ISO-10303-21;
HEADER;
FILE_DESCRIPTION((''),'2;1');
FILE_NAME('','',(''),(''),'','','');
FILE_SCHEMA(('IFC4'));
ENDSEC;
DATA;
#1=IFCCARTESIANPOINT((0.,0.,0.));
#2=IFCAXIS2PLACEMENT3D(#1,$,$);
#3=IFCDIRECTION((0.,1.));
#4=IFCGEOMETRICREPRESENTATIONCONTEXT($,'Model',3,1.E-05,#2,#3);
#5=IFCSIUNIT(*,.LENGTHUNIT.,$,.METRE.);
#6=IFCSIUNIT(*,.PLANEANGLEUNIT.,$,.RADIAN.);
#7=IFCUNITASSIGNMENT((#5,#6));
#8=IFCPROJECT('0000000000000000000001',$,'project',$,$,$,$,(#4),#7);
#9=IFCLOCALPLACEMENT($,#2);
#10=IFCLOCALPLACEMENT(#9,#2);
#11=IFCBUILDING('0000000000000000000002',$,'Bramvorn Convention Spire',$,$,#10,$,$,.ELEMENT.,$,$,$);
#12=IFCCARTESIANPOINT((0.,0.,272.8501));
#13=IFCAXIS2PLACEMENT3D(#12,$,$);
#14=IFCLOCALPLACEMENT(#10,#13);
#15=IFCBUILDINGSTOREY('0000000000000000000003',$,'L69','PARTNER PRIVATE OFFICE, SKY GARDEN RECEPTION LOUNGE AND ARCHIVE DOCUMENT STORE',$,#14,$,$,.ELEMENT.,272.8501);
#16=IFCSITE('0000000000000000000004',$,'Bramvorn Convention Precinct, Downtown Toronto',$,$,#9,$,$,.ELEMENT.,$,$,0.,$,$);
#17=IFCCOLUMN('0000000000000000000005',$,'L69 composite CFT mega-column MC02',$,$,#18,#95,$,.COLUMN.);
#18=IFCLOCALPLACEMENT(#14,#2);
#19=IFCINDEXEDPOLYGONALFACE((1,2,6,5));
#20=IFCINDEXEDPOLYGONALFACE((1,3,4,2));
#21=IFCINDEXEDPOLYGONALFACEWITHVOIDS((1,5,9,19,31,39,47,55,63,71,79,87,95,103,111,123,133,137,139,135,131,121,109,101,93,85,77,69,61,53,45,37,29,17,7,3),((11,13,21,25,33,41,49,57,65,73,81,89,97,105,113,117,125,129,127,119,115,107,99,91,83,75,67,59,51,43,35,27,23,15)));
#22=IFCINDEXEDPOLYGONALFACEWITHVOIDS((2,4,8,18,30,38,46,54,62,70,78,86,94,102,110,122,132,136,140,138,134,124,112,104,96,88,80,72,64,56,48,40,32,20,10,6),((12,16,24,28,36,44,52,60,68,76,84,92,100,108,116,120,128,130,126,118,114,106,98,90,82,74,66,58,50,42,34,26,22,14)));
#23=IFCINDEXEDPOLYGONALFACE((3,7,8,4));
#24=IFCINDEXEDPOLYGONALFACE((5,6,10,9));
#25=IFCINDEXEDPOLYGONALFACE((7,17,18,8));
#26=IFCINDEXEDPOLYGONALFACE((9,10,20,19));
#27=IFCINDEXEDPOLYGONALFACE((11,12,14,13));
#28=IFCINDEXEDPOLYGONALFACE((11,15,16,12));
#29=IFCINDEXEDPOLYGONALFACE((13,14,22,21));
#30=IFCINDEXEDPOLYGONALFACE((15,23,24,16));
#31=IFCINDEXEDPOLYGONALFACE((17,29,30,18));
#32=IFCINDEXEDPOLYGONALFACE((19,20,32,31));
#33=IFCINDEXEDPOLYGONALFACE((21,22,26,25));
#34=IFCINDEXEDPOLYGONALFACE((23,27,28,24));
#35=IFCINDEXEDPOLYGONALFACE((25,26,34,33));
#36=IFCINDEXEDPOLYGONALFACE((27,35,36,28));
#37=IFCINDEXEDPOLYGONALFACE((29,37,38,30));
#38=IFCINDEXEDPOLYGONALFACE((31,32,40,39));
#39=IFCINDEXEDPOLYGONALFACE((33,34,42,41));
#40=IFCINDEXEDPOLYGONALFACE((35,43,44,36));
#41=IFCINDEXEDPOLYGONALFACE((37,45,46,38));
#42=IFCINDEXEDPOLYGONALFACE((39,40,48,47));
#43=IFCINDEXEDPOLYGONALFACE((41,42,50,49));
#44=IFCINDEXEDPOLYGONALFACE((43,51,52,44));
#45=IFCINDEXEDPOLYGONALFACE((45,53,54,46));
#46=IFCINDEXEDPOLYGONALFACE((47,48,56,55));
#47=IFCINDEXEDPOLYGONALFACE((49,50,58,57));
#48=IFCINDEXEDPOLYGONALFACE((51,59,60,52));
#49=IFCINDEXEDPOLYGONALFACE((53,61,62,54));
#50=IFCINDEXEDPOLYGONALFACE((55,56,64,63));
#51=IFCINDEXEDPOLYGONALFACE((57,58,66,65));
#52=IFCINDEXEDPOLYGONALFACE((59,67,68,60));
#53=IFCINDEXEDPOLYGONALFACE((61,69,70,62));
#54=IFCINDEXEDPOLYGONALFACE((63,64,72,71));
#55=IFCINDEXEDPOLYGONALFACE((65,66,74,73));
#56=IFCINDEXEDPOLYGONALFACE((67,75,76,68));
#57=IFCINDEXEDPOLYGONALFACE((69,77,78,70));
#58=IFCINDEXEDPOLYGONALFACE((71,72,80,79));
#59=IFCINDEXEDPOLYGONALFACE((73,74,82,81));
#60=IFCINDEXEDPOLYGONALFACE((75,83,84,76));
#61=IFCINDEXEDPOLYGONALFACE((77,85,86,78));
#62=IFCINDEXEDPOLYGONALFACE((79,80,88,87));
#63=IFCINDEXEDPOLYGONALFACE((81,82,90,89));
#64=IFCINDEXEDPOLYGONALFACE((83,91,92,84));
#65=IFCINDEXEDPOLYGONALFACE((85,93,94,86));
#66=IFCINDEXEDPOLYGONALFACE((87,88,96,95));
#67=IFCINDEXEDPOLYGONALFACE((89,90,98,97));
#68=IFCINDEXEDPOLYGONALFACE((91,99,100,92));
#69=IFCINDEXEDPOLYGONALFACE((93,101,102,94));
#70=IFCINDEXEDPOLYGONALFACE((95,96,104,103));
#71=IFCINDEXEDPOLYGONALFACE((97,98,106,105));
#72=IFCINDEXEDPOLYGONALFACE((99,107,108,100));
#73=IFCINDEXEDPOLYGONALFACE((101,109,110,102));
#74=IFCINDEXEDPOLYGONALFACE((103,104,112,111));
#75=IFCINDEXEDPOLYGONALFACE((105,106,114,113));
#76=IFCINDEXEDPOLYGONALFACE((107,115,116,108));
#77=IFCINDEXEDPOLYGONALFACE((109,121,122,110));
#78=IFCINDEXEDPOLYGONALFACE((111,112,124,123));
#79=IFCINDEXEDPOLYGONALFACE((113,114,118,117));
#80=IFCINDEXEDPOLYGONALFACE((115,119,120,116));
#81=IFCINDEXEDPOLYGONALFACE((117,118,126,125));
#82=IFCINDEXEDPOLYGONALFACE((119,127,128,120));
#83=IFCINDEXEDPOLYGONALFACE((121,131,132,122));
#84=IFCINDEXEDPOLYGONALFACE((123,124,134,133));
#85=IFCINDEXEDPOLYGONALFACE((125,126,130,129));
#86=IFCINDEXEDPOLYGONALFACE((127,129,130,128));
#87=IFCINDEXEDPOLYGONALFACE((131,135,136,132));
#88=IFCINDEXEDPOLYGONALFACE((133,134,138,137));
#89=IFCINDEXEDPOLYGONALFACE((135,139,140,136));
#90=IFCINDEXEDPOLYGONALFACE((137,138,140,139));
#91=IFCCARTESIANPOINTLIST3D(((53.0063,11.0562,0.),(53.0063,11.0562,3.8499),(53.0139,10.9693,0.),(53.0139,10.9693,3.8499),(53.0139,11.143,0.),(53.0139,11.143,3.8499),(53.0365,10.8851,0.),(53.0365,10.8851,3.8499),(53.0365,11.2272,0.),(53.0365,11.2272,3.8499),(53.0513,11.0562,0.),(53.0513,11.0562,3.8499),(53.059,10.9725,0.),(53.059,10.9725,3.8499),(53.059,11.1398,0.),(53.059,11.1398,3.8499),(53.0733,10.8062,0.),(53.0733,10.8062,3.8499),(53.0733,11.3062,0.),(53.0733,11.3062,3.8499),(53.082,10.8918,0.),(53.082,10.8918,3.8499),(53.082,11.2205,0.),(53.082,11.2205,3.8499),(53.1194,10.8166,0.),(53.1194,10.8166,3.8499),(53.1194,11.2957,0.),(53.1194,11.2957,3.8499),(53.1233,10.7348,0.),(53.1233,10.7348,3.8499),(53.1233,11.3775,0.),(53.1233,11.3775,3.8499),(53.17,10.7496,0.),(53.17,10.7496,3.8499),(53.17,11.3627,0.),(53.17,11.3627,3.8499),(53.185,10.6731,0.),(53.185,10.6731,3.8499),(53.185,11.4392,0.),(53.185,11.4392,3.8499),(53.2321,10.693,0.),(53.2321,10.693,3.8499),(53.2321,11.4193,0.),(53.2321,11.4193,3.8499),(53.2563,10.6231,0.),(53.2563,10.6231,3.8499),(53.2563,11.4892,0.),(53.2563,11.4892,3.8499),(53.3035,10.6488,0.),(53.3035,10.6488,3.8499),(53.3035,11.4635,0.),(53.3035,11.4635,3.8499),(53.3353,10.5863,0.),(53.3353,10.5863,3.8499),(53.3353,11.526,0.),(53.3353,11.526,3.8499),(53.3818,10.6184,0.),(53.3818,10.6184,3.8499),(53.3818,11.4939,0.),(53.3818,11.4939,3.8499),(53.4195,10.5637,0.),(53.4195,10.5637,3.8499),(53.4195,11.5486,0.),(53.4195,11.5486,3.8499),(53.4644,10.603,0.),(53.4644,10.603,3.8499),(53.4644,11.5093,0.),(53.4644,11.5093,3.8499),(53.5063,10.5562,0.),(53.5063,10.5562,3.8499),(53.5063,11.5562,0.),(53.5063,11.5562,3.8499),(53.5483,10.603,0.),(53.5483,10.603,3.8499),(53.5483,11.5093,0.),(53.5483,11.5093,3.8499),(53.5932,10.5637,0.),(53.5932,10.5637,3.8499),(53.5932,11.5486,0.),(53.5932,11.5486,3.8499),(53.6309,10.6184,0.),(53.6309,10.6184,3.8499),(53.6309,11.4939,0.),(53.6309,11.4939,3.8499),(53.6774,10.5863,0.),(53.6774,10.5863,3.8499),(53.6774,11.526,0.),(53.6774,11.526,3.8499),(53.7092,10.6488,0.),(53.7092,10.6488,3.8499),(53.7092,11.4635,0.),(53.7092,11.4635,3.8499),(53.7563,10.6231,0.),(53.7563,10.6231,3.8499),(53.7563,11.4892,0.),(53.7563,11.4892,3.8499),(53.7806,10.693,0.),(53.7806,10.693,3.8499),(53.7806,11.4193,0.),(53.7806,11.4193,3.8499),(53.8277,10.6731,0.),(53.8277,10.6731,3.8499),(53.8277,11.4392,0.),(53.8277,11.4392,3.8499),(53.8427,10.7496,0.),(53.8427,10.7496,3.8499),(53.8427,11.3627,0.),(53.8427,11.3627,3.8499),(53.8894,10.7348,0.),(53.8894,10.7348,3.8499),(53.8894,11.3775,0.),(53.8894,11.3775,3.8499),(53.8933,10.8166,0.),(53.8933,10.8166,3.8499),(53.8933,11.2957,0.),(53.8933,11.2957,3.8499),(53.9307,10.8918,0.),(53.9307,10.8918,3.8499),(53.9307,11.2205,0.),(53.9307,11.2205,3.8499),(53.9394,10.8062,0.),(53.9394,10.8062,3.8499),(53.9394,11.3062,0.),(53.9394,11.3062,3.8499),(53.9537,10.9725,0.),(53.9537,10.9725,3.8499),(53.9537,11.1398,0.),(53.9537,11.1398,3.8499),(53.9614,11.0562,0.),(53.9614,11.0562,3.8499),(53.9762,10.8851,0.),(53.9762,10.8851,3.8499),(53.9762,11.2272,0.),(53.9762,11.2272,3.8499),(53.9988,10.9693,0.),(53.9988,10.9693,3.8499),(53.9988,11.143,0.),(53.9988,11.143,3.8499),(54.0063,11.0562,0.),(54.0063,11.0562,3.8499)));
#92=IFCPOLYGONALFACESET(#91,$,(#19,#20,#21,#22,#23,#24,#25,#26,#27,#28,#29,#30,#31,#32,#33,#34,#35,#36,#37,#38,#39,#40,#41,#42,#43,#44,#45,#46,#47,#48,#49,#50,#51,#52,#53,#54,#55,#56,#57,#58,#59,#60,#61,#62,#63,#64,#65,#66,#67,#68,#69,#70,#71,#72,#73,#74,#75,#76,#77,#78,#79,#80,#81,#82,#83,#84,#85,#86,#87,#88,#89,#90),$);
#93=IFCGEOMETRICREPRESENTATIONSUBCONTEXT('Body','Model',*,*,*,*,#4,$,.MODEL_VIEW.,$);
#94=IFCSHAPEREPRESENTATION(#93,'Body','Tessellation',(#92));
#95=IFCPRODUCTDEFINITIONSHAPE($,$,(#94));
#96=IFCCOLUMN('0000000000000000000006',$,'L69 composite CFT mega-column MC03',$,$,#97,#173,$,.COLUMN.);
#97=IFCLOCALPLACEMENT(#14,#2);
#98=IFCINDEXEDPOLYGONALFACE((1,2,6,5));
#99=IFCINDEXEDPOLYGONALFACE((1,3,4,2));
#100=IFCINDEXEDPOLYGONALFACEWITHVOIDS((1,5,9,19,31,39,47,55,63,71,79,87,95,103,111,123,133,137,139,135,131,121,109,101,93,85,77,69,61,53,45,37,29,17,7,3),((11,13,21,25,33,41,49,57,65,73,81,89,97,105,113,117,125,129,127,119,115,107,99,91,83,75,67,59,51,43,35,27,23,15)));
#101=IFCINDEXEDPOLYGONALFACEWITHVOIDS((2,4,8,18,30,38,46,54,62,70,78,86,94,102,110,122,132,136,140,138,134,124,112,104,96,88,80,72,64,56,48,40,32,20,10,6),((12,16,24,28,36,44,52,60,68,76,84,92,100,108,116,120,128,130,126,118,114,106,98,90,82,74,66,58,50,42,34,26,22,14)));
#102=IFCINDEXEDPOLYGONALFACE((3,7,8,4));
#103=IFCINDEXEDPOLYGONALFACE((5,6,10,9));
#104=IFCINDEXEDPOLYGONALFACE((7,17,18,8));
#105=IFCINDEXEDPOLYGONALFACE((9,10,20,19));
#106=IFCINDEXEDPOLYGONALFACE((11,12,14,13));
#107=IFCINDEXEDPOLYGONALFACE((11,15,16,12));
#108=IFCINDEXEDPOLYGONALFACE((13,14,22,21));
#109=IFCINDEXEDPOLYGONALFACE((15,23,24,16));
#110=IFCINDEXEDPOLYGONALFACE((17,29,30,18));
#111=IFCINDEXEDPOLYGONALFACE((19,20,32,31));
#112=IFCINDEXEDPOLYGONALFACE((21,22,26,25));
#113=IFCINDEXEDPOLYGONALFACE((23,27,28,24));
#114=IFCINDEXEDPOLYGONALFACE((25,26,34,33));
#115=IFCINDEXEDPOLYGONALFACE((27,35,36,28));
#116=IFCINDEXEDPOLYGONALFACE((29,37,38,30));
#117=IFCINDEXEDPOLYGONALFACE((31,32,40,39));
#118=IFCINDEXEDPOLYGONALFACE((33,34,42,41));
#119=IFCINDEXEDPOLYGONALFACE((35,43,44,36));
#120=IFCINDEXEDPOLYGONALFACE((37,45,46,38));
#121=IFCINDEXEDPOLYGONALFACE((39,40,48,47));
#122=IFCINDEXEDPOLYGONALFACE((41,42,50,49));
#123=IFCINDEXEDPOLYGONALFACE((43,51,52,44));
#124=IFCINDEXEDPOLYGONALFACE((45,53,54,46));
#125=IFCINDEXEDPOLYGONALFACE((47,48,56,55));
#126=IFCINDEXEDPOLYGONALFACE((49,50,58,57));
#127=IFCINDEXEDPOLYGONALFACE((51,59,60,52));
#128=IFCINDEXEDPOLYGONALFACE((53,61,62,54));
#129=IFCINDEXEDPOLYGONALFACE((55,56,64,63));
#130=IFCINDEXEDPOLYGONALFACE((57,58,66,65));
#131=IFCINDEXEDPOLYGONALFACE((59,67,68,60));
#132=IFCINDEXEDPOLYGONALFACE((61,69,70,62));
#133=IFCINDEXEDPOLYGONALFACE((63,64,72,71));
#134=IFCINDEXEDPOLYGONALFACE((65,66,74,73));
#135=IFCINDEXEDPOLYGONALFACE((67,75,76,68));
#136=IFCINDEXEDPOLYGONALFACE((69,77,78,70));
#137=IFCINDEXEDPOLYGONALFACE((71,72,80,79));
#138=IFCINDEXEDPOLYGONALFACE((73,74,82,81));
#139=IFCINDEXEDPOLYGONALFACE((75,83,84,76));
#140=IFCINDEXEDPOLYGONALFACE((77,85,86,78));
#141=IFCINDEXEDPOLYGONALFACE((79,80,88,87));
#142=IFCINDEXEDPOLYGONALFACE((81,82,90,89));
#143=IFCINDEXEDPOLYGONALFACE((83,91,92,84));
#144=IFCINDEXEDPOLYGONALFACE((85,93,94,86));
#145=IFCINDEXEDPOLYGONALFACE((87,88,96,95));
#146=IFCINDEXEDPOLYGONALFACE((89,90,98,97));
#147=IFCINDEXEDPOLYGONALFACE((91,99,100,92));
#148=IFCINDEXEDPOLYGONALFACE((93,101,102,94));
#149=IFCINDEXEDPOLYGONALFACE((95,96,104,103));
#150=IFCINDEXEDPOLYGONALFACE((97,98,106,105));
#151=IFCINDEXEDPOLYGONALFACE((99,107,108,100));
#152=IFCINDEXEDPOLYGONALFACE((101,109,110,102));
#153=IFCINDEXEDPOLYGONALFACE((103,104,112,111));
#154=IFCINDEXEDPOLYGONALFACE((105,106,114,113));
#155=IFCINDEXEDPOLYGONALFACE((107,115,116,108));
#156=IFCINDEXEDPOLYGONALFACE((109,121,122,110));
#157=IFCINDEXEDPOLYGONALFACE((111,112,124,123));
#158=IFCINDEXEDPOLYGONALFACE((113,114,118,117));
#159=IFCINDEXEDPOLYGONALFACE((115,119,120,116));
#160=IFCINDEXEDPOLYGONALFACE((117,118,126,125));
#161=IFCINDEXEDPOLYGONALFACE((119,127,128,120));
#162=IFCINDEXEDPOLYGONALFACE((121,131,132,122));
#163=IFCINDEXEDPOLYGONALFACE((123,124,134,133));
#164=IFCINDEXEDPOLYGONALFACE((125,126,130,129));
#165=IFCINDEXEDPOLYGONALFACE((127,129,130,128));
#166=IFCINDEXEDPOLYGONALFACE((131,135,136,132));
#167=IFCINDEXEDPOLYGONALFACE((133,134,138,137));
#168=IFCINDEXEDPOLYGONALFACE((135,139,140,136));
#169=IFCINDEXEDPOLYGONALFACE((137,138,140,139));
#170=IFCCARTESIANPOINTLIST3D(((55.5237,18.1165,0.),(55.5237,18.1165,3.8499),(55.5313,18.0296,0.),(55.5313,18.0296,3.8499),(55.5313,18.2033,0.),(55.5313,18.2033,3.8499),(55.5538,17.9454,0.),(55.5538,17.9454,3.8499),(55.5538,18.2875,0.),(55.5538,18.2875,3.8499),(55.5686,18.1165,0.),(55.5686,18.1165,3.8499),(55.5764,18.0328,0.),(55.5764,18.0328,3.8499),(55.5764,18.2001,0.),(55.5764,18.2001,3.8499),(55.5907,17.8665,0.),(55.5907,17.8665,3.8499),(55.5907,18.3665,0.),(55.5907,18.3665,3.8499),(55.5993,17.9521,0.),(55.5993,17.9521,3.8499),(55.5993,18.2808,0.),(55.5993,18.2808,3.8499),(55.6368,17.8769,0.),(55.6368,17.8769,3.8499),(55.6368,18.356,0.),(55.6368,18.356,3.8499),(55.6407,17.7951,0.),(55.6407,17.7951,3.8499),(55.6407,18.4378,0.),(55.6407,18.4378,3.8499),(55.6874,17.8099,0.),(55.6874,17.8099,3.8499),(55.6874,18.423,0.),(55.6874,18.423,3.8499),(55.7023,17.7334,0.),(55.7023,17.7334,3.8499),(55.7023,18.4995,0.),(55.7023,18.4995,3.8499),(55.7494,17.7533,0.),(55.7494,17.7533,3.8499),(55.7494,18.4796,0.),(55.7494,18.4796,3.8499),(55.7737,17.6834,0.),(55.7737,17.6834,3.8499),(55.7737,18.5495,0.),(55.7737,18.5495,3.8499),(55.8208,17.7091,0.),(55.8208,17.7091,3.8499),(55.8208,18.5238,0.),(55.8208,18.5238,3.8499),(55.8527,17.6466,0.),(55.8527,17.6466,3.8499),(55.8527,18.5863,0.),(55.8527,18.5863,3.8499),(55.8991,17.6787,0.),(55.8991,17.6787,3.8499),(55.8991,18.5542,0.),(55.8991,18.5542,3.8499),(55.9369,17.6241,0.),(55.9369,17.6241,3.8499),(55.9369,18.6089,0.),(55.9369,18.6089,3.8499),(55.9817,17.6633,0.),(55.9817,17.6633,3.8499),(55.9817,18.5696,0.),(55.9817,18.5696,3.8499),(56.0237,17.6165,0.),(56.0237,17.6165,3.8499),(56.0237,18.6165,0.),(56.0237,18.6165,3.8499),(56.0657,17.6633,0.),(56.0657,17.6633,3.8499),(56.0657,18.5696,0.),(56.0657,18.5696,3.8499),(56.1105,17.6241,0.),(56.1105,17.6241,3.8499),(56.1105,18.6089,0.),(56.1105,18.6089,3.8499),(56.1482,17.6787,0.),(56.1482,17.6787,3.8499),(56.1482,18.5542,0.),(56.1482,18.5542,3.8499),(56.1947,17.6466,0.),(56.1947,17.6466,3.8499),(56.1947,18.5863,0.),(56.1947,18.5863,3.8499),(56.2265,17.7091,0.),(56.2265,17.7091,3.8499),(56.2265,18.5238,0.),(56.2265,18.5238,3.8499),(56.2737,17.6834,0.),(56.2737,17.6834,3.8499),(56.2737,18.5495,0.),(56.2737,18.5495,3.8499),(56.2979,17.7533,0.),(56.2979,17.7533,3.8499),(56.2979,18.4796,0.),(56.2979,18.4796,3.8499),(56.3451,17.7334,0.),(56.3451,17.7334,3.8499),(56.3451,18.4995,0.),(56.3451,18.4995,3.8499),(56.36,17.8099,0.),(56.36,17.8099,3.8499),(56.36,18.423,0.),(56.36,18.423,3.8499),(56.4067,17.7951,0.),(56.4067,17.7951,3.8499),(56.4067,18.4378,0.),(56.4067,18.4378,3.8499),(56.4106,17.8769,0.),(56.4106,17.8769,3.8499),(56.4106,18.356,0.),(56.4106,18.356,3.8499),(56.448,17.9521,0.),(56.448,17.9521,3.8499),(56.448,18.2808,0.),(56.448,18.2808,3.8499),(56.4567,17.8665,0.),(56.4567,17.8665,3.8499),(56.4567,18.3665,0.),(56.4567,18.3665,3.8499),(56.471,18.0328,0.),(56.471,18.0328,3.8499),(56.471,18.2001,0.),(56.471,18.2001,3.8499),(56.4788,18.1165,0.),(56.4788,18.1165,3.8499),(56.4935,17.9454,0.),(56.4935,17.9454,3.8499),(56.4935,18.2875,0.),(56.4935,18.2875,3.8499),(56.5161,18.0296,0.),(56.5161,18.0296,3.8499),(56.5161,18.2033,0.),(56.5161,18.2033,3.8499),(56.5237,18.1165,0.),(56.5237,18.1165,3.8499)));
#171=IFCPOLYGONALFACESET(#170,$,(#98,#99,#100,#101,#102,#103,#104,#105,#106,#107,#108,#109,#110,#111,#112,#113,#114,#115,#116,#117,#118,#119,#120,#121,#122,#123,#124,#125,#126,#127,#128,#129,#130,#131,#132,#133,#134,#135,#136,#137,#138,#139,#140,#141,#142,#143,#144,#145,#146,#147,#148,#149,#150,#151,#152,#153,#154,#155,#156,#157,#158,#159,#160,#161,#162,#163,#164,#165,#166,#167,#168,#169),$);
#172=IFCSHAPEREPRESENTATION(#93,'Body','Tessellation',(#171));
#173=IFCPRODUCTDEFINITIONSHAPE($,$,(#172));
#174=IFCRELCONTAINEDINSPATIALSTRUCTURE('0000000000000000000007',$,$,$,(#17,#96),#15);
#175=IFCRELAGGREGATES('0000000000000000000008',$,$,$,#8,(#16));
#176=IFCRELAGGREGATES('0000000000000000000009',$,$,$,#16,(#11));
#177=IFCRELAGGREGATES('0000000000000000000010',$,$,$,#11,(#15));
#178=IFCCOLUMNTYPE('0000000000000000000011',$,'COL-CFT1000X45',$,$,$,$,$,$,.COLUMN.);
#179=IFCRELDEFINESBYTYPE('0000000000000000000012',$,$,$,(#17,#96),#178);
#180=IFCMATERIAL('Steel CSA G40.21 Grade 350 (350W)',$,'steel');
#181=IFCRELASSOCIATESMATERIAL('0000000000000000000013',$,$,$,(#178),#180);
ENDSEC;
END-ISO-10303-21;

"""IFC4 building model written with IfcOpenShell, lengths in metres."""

from ifc_helpers import new_model, si_unit, direction, frame, origin, origin_2d, place, context, subcontext, project, spatial, hollow_circle, extrude, material, material_profile, profile_set, type_object, element, save


model = new_model("IFC4")

# Units and contexts
model_context = context("Model", 3, precision=1e-05, world=origin(), true_north=direction((0.0, 1.0)))
body_context = subcontext(model_context, "Body", "Model", "MODEL_VIEW")
ifc_project = project(units=[si_unit("LENGTHUNIT", "METRE"), si_unit("PLANEANGLEUNIT", "RADIAN")], contexts=[model_context])

# Site, building, storey
site_placement = place(None, origin())
site = spatial("IfcSite", under=ifc_project, at=site_placement, Name="Bramvorn Convention Precinct, Downtown Toronto", CompositionType="ELEMENT", RefElevation=0.0)
building_placement = place(site_placement, origin())
building = spatial("IfcBuilding", under=site, at=building_placement, Name="Bramvorn Convention Spire", CompositionType="ELEMENT")
storey_placement = place(building_placement, frame((0.0, 0.0, 272.8501)))
storey = spatial("IfcBuildingStorey", under=building, at=storey_placement, Name="L69", Description="PARTNER PRIVATE OFFICE, SKY GARDEN RECEPTION LOUNGE AND ARCHIVE DOCUMENT STORE", CompositionType="ELEMENT", Elevation=272.8501)

# Columns
ifc_material_1 = material(Name="Steel CSA G40.21 Grade 350 (350W)", Category="steel")
ifc_material_profile_1 = material_profile(ifc_material_1, hollow_circle(Radius=0.5, WallThickness=0.0449, at=origin_2d()))
ifc_profile_set_1 = profile_set([ifc_material_profile_1], Name="Steel CSA G40.21 Grade 350 (350W) - CFT1000X45")
column_type = type_object("IfcColumnType", Name="COL-CFT1000X45", PredefinedType="COLUMN", material=ifc_profile_set_1)
for number, where, z_axis, x_axis, name in (
    (1, (53.5063, 11.0562, 0.0), (0.0, 0.0, 1.0), (1.0, 0.0, 0.0), "L69 composite CFT mega-column MC02"),
    (2, (56.0237, 18.1165, 0.0), (0.0, 0.0, 1.0), (1.0, 0.0, 0.0), "L69 composite CFT mega-column MC03"),
):
    element("IfcColumn", number, at=place(storey_placement, frame(where, z_axis=z_axis, x_axis=x_axis)), inside=storey, type_object=column_type, Name=name, PredefinedType="COLUMN", context=body_context, shape_type="SweptSolid", body=[
        extrude(hollow_circle(Radius=0.5, WallThickness=0.0449, at=origin_2d()), origin(), (0.0, 0.0, 1.0), 3.8499),
    ])

save(model, "model.ifc")
